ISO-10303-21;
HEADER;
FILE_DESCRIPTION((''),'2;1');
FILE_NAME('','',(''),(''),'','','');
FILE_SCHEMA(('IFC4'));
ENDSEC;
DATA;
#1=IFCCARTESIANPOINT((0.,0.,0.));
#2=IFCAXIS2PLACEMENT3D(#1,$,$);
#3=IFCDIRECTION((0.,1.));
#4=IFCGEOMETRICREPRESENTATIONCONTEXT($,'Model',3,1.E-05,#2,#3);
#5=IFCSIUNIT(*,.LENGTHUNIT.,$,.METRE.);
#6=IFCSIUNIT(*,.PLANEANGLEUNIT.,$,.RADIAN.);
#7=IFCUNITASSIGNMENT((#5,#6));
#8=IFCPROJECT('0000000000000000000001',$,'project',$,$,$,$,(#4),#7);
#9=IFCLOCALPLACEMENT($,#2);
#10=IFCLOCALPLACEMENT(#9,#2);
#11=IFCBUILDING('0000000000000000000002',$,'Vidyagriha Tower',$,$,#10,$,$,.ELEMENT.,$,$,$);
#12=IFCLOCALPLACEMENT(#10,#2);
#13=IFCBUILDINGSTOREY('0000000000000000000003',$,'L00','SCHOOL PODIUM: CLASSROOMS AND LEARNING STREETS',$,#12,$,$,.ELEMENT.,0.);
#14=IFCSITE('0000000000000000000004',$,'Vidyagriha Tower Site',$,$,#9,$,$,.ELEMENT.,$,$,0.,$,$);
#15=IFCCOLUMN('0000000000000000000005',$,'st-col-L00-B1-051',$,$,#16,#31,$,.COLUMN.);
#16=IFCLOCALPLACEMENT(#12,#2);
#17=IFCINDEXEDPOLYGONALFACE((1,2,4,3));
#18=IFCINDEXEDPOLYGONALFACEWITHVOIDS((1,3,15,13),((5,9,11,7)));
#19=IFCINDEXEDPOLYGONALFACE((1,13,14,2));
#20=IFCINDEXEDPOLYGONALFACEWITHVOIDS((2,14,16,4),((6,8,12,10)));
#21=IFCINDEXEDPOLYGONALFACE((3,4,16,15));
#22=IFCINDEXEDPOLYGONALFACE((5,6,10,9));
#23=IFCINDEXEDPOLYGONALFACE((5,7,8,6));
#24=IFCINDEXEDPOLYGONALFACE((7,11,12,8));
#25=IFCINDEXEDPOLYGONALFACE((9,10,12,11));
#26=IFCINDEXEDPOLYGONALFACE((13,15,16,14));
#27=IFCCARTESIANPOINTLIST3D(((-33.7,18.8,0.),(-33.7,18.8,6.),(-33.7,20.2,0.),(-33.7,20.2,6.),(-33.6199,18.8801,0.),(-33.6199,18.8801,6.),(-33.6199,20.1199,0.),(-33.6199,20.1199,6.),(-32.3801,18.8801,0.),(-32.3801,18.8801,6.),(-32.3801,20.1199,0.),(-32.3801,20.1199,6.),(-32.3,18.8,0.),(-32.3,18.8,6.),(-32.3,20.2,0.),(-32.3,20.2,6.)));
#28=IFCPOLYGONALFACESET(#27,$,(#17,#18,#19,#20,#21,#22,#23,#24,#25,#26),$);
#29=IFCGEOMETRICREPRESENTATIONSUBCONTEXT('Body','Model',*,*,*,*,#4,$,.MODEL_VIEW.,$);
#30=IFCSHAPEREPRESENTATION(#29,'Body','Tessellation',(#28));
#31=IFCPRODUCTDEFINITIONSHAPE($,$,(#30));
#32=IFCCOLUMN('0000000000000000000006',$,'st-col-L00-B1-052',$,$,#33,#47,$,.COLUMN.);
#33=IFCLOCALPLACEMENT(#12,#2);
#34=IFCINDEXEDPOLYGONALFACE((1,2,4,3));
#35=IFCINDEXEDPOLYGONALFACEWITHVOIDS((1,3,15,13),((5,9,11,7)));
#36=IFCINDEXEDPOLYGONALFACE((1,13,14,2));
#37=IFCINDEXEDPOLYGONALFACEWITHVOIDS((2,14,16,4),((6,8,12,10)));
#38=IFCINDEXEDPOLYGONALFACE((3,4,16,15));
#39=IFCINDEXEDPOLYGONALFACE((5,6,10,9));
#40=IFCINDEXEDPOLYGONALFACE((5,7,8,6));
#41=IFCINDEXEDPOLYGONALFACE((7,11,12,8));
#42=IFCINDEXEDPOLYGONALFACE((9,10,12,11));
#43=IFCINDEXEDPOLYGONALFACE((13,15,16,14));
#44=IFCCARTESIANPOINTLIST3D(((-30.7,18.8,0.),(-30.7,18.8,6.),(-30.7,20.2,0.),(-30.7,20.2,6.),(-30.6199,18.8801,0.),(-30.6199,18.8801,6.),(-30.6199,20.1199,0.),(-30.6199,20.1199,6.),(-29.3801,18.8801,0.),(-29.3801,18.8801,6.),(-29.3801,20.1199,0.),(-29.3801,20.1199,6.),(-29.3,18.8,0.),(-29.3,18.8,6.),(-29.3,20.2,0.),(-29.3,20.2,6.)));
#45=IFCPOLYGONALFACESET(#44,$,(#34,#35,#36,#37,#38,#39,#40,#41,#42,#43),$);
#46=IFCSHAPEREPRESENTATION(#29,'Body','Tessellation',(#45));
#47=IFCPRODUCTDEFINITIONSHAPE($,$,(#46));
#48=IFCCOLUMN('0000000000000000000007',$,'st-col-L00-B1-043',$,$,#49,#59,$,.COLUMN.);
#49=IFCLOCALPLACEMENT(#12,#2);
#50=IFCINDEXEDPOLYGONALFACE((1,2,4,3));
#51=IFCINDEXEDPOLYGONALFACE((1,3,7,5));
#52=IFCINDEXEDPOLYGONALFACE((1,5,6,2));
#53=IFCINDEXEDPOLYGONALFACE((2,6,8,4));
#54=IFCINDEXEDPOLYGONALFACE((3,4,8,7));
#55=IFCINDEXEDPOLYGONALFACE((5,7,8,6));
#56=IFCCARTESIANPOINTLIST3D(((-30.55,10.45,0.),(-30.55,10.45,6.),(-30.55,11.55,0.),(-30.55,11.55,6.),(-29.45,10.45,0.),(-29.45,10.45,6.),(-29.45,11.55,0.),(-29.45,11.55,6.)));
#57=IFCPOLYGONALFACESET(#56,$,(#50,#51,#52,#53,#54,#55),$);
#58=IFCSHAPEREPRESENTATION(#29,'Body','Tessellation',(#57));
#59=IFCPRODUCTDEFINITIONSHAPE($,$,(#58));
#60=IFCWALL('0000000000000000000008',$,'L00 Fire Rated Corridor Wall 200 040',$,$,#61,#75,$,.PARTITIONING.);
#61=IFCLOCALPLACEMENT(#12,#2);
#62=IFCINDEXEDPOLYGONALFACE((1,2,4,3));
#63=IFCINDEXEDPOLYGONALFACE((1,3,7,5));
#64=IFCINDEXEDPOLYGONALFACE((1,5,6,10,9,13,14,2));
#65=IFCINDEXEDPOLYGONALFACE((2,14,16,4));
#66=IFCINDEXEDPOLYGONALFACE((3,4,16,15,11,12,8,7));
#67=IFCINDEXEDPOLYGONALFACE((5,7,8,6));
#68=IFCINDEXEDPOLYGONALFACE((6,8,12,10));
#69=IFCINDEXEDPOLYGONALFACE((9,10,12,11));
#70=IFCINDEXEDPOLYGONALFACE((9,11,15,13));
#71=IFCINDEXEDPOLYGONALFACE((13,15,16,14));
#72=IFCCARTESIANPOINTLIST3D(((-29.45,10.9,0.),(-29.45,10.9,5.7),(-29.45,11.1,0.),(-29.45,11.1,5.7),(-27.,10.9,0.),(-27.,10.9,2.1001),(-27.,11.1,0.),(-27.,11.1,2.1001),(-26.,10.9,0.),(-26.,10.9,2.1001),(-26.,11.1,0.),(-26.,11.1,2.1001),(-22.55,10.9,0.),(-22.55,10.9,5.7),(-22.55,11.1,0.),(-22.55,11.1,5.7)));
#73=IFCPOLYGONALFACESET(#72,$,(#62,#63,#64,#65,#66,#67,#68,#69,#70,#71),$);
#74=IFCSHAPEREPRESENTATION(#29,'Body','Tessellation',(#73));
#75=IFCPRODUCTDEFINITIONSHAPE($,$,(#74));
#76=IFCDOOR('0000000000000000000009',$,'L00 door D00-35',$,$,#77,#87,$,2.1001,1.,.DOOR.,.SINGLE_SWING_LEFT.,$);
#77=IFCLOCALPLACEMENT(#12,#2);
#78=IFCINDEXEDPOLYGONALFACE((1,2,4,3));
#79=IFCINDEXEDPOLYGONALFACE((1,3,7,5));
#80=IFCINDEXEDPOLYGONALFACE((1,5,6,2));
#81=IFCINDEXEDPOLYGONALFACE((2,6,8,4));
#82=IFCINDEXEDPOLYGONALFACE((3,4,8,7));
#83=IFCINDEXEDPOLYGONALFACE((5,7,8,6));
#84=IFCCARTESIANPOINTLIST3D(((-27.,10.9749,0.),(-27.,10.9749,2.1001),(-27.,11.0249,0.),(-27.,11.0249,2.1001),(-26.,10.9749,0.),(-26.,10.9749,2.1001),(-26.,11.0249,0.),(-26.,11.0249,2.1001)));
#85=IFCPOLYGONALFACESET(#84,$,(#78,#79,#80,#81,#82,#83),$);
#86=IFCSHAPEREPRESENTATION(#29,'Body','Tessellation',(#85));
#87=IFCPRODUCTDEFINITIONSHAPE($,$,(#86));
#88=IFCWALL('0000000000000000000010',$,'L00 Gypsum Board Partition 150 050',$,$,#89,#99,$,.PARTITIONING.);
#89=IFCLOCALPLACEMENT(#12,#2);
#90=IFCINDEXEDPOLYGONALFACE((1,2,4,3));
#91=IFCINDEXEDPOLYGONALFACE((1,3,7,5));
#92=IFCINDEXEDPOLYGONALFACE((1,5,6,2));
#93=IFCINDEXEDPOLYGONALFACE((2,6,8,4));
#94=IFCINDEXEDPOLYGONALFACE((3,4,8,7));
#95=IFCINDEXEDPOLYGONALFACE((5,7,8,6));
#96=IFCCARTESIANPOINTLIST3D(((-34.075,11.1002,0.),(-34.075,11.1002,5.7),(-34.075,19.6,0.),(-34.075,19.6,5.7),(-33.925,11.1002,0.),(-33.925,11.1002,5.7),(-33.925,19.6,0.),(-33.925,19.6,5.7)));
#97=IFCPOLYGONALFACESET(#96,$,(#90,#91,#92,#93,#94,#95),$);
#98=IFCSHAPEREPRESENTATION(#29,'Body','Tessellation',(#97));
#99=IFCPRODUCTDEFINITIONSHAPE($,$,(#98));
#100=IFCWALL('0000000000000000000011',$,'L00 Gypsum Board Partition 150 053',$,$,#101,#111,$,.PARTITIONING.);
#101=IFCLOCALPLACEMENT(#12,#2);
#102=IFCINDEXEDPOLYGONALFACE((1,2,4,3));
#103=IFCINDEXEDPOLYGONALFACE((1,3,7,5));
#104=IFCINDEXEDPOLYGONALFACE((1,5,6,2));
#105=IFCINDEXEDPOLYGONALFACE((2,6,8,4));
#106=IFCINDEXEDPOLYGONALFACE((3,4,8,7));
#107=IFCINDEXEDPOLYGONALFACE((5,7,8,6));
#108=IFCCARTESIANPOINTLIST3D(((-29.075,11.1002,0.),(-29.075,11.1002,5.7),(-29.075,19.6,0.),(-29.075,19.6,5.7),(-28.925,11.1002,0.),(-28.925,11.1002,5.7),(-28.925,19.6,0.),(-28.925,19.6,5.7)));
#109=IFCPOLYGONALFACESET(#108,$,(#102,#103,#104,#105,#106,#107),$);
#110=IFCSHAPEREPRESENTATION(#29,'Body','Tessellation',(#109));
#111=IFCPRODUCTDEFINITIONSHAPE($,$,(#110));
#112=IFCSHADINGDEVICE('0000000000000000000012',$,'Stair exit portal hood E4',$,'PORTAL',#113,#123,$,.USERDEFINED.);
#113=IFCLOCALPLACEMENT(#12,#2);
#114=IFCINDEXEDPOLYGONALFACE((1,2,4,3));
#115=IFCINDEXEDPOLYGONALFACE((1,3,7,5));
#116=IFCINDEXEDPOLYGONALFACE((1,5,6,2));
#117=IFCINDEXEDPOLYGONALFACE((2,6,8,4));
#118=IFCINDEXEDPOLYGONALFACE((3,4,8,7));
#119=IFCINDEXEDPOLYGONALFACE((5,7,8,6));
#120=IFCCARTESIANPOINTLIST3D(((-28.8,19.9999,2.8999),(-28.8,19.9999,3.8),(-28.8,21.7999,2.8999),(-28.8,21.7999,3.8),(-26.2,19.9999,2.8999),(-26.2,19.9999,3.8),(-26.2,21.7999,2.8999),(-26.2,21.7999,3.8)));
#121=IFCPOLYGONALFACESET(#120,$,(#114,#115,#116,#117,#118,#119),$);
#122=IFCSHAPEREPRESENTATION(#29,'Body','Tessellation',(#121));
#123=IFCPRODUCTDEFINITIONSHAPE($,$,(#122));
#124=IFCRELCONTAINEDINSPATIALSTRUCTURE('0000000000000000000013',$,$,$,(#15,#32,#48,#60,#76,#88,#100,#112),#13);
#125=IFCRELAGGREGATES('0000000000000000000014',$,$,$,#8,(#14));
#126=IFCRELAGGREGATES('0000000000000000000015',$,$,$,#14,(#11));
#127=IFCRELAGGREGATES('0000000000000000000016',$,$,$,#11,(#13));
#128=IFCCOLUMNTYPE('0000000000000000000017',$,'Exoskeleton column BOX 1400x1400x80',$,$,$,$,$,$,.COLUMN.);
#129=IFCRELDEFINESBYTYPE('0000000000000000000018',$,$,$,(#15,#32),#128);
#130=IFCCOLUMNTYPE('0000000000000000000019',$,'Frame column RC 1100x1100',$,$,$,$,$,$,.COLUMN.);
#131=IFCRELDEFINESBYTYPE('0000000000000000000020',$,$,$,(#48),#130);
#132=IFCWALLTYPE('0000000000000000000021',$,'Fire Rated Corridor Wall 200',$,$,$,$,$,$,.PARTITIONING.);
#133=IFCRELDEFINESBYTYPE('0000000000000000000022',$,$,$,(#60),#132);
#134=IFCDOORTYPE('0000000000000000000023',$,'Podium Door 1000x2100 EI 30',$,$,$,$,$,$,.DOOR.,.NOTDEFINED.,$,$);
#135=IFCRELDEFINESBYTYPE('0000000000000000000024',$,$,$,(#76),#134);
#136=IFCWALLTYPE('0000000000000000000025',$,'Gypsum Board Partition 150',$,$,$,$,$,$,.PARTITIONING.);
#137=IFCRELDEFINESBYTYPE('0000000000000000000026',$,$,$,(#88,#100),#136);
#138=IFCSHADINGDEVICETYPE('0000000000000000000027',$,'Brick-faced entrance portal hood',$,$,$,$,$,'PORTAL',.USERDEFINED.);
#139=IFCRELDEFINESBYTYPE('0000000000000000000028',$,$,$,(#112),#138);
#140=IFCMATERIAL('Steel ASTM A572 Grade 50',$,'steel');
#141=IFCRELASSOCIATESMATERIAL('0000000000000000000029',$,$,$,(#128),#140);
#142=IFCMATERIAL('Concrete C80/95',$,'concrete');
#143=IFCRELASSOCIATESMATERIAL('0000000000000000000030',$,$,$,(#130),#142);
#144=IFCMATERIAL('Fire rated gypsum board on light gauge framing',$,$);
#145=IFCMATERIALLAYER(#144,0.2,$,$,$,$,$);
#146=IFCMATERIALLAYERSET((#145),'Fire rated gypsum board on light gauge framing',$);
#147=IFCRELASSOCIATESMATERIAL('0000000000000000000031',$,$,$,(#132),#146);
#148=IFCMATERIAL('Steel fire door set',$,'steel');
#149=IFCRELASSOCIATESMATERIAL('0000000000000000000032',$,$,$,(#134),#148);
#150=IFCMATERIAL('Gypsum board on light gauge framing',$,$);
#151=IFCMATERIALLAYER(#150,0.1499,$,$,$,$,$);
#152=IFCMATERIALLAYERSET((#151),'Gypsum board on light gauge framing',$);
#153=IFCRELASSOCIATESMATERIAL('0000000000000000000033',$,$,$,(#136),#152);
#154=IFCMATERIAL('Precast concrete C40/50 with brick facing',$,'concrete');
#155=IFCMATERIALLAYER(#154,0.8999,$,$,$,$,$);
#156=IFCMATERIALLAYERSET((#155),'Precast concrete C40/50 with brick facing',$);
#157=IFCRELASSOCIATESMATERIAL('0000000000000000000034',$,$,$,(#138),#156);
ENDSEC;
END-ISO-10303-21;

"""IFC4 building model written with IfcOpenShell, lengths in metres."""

from ifc_helpers import new_model, si_unit, direction, frame, frame_2d, origin, origin_2d, place, context, subcontext, project, spatial, rectangle, hollow_rectangle, extrude, material, layer, layer_set, material_profile, profile_set, type_object, element, fill, save


model = new_model("IFC4")

# Units and contexts
model_context = context("Model", 3, precision=1e-05, world=origin(), true_north=direction((0.0, 1.0)))
body_context = subcontext(model_context, "Body", "Model", "MODEL_VIEW")
ifc_project = project(units=[si_unit("LENGTHUNIT", "METRE"), si_unit("PLANEANGLEUNIT", "RADIAN")], contexts=[model_context])

# Site, building, storey
site_placement = place(None, origin())
site = spatial("IfcSite", under=ifc_project, at=site_placement, Name="Vidyagriha Tower Site", CompositionType="ELEMENT", RefElevation=0.0)
building_placement = place(site_placement, origin())
building = spatial("IfcBuilding", under=site, at=building_placement, Name="Vidyagriha Tower", CompositionType="ELEMENT")
storey_placement = place(building_placement, origin())
storey = spatial("IfcBuildingStorey", under=building, at=storey_placement, Name="L00", Description="SCHOOL PODIUM: CLASSROOMS AND LEARNING STREETS", CompositionType="ELEMENT", Elevation=0.0)

# Columns
ifc_material_1 = material(Name="Steel ASTM A572 Grade 50", Category="steel")
ifc_material_profile_1 = material_profile(ifc_material_1, hollow_rectangle(XDim=1.3999, YDim=1.3999, WallThickness=0.0801, at=origin_2d()), Name="BOX 1400x1400x80")
ifc_profile_set_1 = profile_set([ifc_material_profile_1], Name="Steel ASTM A572 Grade 50")
column_type_1 = type_object("IfcColumnType", Name="Exoskeleton column BOX 1400x1400x80", PredefinedType="COLUMN", material=ifc_profile_set_1)
for number, where, name in (
    (1, (-33.0, 19.5, 0.0), "st-col-L00-B1-051"),
    (2, (-30.0, 19.5, 0.0), "st-col-L00-B1-052"),
):
    element("IfcColumn", number, at=place(storey_placement, frame(where)), inside=storey, type_object=column_type_1, Name=name, PredefinedType="COLUMN", context=body_context, shape_type="SweptSolid", body=[
        extrude(hollow_rectangle(XDim=1.3999, YDim=1.3999, WallThickness=0.0801, at=origin_2d()), origin(), (0.0, 0.0, 1.0), 6.0),
    ])
ifc_material_2 = material(Name="Concrete C80/95", Category="concrete")
ifc_material_profile_2 = material_profile(ifc_material_2, rectangle(XDim=1.1001, YDim=1.1001, at=origin_2d()), Name="RC 1100x1100")
ifc_profile_set_2 = profile_set([ifc_material_profile_2], Name="Concrete C80/95")
column_type_2 = type_object("IfcColumnType", Name="Frame column RC 1100x1100", PredefinedType="COLUMN", material=ifc_profile_set_2)
column_placement = place(storey_placement, frame((-30.0, 11.0, 0.0)))
element("IfcColumn", 3, at=column_placement, inside=storey, type_object=column_type_2, Name="st-col-L00-B1-043", PredefinedType="COLUMN", context=body_context, shape_type="SweptSolid", body=[
    extrude(rectangle(XDim=1.1001, YDim=1.1001, at=origin_2d()), origin(), (0.0, 0.0, 1.0), 6.0),
])

# Wall, opening, door
ifc_material_3 = material(Name="Fire rated gypsum board on light gauge framing")
ifc_layer_1 = layer(ifc_material_3, 0.2)
ifc_layer_set_1 = layer_set([ifc_layer_1], Name="Fire rated gypsum board on light gauge framing")
wall_type_1 = type_object("IfcWallType", Name="Fire Rated Corridor Wall 200", PredefinedType="PARTITIONING", material=ifc_layer_set_1)
wall_placement = place(storey_placement, frame((-29.45, 11.0, 0.0)))
wall = element("IfcWall", 4, at=wall_placement, inside=storey, type_object=wall_type_1, Name="L00 Fire Rated Corridor Wall 200 040", PredefinedType="PARTITIONING", context=body_context, shape_type="SweptSolid", body=[
    extrude(rectangle(XDim=6.8999, YDim=0.2, at=frame_2d((3.45, 0.0))), origin(), (0.0, 0.0, 1.0), 5.7),
])
opening_placement = place(wall_placement, frame((2.45, 0.0, 0.0)))
opening = element("IfcOpeningElement", 5, at=opening_placement, cuts=wall, PredefinedType="OPENING", context=body_context, shape_type="SweptSolid", body=[
    extrude(rectangle(XDim=1.0, YDim=2.1001, at=frame_2d((0.5, 1.05))), frame((0.0, 0.1099, 0.0), z_axis=(0.0, -1.0, 0.0), x_axis=(1.0, 0.0, 0.0)), (0.0, 0.0, 1.0), 0.22),
])
ifc_material_4 = material(Name="Steel fire door set", Category="steel")
door_type = type_object("IfcDoorType", Name="Podium Door 1000x2100 EI 30", OperationType="NOTDEFINED", PredefinedType="DOOR", material=ifc_material_4)
door_placement = place(opening_placement, origin())
door = element("IfcDoor", 6, at=door_placement, inside=storey, type_object=door_type, Name="L00 door D00-35", OperationType="SINGLE_SWING_LEFT", OverallHeight=2.1001, OverallWidth=1.0, PredefinedType="DOOR", context=body_context, shape_type="SweptSolid", body=[
    extrude(rectangle(XDim=1.0, YDim=2.1001, at=frame_2d((0.5, 1.05))), frame((0.0, 0.0249, 0.0), z_axis=(0.0, -1.0, 0.0), x_axis=(1.0, 0.0, 0.0)), (0.0, 0.0, 1.0), 0.05),
])
fill(opening, door)

# Walls
ifc_material_5 = material(Name="Gypsum board on light gauge framing")
ifc_layer_2 = layer(ifc_material_5, 0.1499)
ifc_layer_set_2 = layer_set([ifc_layer_2], Name="Gypsum board on light gauge framing")
wall_type_2 = type_object("IfcWallType", Name="Gypsum Board Partition 150", PredefinedType="PARTITIONING", material=ifc_layer_set_2)
for number, where, z_axis, x_axis, name in (
    (7, (-34.0, 11.1001, 0.0), (0.0, 0.0, 1.0), (0.0, 1.0, 0.0), "L00 Gypsum Board Partition 150 050"),
    (8, (-29.0, 11.1001, 0.0), (0.0, 0.0, 1.0), (0.0, 1.0, 0.0), "L00 Gypsum Board Partition 150 053"),
):
    element("IfcWall", number, at=place(storey_placement, frame(where, z_axis=z_axis, x_axis=x_axis)), inside=storey, type_object=wall_type_2, Name=name, PredefinedType="PARTITIONING", context=body_context, shape_type="SweptSolid", body=[
        extrude(rectangle(XDim=8.4998, YDim=0.1499, at=frame_2d((4.25, 0.0))), origin(), (0.0, 0.0, 1.0), 5.7),
    ])

# Shading device
ifc_material_6 = material(Name="Precast concrete C40/50 with brick facing", Category="concrete")
ifc_layer_3 = layer(ifc_material_6, 0.8999)
ifc_layer_set_3 = layer_set([ifc_layer_3], Name="Precast concrete C40/50 with brick facing")
shading_device_type = type_object("IfcShadingDeviceType", Name="Brick-faced entrance portal hood", ElementType="PORTAL", PredefinedType="USERDEFINED", material=ifc_layer_set_3)
shading_device_placement = place(storey_placement, frame((-26.2, 20.8999, 2.8999), z_axis=(0.0, 0.0, 1.0), x_axis=(-1.0, 0.0, 0.0)))
element("IfcShadingDevice", 9, at=shading_device_placement, inside=storey, type_object=shading_device_type, Name="Stair exit portal hood E4", ObjectType="PORTAL", PredefinedType="USERDEFINED", context=body_context, shape_type="SweptSolid", body=[
    extrude(rectangle(XDim=2.6001, YDim=1.8, at=frame_2d((1.3, 0.0))), origin(), (0.0, 0.0, 1.0), 0.9001),
])

save(model, "model.ifc")
